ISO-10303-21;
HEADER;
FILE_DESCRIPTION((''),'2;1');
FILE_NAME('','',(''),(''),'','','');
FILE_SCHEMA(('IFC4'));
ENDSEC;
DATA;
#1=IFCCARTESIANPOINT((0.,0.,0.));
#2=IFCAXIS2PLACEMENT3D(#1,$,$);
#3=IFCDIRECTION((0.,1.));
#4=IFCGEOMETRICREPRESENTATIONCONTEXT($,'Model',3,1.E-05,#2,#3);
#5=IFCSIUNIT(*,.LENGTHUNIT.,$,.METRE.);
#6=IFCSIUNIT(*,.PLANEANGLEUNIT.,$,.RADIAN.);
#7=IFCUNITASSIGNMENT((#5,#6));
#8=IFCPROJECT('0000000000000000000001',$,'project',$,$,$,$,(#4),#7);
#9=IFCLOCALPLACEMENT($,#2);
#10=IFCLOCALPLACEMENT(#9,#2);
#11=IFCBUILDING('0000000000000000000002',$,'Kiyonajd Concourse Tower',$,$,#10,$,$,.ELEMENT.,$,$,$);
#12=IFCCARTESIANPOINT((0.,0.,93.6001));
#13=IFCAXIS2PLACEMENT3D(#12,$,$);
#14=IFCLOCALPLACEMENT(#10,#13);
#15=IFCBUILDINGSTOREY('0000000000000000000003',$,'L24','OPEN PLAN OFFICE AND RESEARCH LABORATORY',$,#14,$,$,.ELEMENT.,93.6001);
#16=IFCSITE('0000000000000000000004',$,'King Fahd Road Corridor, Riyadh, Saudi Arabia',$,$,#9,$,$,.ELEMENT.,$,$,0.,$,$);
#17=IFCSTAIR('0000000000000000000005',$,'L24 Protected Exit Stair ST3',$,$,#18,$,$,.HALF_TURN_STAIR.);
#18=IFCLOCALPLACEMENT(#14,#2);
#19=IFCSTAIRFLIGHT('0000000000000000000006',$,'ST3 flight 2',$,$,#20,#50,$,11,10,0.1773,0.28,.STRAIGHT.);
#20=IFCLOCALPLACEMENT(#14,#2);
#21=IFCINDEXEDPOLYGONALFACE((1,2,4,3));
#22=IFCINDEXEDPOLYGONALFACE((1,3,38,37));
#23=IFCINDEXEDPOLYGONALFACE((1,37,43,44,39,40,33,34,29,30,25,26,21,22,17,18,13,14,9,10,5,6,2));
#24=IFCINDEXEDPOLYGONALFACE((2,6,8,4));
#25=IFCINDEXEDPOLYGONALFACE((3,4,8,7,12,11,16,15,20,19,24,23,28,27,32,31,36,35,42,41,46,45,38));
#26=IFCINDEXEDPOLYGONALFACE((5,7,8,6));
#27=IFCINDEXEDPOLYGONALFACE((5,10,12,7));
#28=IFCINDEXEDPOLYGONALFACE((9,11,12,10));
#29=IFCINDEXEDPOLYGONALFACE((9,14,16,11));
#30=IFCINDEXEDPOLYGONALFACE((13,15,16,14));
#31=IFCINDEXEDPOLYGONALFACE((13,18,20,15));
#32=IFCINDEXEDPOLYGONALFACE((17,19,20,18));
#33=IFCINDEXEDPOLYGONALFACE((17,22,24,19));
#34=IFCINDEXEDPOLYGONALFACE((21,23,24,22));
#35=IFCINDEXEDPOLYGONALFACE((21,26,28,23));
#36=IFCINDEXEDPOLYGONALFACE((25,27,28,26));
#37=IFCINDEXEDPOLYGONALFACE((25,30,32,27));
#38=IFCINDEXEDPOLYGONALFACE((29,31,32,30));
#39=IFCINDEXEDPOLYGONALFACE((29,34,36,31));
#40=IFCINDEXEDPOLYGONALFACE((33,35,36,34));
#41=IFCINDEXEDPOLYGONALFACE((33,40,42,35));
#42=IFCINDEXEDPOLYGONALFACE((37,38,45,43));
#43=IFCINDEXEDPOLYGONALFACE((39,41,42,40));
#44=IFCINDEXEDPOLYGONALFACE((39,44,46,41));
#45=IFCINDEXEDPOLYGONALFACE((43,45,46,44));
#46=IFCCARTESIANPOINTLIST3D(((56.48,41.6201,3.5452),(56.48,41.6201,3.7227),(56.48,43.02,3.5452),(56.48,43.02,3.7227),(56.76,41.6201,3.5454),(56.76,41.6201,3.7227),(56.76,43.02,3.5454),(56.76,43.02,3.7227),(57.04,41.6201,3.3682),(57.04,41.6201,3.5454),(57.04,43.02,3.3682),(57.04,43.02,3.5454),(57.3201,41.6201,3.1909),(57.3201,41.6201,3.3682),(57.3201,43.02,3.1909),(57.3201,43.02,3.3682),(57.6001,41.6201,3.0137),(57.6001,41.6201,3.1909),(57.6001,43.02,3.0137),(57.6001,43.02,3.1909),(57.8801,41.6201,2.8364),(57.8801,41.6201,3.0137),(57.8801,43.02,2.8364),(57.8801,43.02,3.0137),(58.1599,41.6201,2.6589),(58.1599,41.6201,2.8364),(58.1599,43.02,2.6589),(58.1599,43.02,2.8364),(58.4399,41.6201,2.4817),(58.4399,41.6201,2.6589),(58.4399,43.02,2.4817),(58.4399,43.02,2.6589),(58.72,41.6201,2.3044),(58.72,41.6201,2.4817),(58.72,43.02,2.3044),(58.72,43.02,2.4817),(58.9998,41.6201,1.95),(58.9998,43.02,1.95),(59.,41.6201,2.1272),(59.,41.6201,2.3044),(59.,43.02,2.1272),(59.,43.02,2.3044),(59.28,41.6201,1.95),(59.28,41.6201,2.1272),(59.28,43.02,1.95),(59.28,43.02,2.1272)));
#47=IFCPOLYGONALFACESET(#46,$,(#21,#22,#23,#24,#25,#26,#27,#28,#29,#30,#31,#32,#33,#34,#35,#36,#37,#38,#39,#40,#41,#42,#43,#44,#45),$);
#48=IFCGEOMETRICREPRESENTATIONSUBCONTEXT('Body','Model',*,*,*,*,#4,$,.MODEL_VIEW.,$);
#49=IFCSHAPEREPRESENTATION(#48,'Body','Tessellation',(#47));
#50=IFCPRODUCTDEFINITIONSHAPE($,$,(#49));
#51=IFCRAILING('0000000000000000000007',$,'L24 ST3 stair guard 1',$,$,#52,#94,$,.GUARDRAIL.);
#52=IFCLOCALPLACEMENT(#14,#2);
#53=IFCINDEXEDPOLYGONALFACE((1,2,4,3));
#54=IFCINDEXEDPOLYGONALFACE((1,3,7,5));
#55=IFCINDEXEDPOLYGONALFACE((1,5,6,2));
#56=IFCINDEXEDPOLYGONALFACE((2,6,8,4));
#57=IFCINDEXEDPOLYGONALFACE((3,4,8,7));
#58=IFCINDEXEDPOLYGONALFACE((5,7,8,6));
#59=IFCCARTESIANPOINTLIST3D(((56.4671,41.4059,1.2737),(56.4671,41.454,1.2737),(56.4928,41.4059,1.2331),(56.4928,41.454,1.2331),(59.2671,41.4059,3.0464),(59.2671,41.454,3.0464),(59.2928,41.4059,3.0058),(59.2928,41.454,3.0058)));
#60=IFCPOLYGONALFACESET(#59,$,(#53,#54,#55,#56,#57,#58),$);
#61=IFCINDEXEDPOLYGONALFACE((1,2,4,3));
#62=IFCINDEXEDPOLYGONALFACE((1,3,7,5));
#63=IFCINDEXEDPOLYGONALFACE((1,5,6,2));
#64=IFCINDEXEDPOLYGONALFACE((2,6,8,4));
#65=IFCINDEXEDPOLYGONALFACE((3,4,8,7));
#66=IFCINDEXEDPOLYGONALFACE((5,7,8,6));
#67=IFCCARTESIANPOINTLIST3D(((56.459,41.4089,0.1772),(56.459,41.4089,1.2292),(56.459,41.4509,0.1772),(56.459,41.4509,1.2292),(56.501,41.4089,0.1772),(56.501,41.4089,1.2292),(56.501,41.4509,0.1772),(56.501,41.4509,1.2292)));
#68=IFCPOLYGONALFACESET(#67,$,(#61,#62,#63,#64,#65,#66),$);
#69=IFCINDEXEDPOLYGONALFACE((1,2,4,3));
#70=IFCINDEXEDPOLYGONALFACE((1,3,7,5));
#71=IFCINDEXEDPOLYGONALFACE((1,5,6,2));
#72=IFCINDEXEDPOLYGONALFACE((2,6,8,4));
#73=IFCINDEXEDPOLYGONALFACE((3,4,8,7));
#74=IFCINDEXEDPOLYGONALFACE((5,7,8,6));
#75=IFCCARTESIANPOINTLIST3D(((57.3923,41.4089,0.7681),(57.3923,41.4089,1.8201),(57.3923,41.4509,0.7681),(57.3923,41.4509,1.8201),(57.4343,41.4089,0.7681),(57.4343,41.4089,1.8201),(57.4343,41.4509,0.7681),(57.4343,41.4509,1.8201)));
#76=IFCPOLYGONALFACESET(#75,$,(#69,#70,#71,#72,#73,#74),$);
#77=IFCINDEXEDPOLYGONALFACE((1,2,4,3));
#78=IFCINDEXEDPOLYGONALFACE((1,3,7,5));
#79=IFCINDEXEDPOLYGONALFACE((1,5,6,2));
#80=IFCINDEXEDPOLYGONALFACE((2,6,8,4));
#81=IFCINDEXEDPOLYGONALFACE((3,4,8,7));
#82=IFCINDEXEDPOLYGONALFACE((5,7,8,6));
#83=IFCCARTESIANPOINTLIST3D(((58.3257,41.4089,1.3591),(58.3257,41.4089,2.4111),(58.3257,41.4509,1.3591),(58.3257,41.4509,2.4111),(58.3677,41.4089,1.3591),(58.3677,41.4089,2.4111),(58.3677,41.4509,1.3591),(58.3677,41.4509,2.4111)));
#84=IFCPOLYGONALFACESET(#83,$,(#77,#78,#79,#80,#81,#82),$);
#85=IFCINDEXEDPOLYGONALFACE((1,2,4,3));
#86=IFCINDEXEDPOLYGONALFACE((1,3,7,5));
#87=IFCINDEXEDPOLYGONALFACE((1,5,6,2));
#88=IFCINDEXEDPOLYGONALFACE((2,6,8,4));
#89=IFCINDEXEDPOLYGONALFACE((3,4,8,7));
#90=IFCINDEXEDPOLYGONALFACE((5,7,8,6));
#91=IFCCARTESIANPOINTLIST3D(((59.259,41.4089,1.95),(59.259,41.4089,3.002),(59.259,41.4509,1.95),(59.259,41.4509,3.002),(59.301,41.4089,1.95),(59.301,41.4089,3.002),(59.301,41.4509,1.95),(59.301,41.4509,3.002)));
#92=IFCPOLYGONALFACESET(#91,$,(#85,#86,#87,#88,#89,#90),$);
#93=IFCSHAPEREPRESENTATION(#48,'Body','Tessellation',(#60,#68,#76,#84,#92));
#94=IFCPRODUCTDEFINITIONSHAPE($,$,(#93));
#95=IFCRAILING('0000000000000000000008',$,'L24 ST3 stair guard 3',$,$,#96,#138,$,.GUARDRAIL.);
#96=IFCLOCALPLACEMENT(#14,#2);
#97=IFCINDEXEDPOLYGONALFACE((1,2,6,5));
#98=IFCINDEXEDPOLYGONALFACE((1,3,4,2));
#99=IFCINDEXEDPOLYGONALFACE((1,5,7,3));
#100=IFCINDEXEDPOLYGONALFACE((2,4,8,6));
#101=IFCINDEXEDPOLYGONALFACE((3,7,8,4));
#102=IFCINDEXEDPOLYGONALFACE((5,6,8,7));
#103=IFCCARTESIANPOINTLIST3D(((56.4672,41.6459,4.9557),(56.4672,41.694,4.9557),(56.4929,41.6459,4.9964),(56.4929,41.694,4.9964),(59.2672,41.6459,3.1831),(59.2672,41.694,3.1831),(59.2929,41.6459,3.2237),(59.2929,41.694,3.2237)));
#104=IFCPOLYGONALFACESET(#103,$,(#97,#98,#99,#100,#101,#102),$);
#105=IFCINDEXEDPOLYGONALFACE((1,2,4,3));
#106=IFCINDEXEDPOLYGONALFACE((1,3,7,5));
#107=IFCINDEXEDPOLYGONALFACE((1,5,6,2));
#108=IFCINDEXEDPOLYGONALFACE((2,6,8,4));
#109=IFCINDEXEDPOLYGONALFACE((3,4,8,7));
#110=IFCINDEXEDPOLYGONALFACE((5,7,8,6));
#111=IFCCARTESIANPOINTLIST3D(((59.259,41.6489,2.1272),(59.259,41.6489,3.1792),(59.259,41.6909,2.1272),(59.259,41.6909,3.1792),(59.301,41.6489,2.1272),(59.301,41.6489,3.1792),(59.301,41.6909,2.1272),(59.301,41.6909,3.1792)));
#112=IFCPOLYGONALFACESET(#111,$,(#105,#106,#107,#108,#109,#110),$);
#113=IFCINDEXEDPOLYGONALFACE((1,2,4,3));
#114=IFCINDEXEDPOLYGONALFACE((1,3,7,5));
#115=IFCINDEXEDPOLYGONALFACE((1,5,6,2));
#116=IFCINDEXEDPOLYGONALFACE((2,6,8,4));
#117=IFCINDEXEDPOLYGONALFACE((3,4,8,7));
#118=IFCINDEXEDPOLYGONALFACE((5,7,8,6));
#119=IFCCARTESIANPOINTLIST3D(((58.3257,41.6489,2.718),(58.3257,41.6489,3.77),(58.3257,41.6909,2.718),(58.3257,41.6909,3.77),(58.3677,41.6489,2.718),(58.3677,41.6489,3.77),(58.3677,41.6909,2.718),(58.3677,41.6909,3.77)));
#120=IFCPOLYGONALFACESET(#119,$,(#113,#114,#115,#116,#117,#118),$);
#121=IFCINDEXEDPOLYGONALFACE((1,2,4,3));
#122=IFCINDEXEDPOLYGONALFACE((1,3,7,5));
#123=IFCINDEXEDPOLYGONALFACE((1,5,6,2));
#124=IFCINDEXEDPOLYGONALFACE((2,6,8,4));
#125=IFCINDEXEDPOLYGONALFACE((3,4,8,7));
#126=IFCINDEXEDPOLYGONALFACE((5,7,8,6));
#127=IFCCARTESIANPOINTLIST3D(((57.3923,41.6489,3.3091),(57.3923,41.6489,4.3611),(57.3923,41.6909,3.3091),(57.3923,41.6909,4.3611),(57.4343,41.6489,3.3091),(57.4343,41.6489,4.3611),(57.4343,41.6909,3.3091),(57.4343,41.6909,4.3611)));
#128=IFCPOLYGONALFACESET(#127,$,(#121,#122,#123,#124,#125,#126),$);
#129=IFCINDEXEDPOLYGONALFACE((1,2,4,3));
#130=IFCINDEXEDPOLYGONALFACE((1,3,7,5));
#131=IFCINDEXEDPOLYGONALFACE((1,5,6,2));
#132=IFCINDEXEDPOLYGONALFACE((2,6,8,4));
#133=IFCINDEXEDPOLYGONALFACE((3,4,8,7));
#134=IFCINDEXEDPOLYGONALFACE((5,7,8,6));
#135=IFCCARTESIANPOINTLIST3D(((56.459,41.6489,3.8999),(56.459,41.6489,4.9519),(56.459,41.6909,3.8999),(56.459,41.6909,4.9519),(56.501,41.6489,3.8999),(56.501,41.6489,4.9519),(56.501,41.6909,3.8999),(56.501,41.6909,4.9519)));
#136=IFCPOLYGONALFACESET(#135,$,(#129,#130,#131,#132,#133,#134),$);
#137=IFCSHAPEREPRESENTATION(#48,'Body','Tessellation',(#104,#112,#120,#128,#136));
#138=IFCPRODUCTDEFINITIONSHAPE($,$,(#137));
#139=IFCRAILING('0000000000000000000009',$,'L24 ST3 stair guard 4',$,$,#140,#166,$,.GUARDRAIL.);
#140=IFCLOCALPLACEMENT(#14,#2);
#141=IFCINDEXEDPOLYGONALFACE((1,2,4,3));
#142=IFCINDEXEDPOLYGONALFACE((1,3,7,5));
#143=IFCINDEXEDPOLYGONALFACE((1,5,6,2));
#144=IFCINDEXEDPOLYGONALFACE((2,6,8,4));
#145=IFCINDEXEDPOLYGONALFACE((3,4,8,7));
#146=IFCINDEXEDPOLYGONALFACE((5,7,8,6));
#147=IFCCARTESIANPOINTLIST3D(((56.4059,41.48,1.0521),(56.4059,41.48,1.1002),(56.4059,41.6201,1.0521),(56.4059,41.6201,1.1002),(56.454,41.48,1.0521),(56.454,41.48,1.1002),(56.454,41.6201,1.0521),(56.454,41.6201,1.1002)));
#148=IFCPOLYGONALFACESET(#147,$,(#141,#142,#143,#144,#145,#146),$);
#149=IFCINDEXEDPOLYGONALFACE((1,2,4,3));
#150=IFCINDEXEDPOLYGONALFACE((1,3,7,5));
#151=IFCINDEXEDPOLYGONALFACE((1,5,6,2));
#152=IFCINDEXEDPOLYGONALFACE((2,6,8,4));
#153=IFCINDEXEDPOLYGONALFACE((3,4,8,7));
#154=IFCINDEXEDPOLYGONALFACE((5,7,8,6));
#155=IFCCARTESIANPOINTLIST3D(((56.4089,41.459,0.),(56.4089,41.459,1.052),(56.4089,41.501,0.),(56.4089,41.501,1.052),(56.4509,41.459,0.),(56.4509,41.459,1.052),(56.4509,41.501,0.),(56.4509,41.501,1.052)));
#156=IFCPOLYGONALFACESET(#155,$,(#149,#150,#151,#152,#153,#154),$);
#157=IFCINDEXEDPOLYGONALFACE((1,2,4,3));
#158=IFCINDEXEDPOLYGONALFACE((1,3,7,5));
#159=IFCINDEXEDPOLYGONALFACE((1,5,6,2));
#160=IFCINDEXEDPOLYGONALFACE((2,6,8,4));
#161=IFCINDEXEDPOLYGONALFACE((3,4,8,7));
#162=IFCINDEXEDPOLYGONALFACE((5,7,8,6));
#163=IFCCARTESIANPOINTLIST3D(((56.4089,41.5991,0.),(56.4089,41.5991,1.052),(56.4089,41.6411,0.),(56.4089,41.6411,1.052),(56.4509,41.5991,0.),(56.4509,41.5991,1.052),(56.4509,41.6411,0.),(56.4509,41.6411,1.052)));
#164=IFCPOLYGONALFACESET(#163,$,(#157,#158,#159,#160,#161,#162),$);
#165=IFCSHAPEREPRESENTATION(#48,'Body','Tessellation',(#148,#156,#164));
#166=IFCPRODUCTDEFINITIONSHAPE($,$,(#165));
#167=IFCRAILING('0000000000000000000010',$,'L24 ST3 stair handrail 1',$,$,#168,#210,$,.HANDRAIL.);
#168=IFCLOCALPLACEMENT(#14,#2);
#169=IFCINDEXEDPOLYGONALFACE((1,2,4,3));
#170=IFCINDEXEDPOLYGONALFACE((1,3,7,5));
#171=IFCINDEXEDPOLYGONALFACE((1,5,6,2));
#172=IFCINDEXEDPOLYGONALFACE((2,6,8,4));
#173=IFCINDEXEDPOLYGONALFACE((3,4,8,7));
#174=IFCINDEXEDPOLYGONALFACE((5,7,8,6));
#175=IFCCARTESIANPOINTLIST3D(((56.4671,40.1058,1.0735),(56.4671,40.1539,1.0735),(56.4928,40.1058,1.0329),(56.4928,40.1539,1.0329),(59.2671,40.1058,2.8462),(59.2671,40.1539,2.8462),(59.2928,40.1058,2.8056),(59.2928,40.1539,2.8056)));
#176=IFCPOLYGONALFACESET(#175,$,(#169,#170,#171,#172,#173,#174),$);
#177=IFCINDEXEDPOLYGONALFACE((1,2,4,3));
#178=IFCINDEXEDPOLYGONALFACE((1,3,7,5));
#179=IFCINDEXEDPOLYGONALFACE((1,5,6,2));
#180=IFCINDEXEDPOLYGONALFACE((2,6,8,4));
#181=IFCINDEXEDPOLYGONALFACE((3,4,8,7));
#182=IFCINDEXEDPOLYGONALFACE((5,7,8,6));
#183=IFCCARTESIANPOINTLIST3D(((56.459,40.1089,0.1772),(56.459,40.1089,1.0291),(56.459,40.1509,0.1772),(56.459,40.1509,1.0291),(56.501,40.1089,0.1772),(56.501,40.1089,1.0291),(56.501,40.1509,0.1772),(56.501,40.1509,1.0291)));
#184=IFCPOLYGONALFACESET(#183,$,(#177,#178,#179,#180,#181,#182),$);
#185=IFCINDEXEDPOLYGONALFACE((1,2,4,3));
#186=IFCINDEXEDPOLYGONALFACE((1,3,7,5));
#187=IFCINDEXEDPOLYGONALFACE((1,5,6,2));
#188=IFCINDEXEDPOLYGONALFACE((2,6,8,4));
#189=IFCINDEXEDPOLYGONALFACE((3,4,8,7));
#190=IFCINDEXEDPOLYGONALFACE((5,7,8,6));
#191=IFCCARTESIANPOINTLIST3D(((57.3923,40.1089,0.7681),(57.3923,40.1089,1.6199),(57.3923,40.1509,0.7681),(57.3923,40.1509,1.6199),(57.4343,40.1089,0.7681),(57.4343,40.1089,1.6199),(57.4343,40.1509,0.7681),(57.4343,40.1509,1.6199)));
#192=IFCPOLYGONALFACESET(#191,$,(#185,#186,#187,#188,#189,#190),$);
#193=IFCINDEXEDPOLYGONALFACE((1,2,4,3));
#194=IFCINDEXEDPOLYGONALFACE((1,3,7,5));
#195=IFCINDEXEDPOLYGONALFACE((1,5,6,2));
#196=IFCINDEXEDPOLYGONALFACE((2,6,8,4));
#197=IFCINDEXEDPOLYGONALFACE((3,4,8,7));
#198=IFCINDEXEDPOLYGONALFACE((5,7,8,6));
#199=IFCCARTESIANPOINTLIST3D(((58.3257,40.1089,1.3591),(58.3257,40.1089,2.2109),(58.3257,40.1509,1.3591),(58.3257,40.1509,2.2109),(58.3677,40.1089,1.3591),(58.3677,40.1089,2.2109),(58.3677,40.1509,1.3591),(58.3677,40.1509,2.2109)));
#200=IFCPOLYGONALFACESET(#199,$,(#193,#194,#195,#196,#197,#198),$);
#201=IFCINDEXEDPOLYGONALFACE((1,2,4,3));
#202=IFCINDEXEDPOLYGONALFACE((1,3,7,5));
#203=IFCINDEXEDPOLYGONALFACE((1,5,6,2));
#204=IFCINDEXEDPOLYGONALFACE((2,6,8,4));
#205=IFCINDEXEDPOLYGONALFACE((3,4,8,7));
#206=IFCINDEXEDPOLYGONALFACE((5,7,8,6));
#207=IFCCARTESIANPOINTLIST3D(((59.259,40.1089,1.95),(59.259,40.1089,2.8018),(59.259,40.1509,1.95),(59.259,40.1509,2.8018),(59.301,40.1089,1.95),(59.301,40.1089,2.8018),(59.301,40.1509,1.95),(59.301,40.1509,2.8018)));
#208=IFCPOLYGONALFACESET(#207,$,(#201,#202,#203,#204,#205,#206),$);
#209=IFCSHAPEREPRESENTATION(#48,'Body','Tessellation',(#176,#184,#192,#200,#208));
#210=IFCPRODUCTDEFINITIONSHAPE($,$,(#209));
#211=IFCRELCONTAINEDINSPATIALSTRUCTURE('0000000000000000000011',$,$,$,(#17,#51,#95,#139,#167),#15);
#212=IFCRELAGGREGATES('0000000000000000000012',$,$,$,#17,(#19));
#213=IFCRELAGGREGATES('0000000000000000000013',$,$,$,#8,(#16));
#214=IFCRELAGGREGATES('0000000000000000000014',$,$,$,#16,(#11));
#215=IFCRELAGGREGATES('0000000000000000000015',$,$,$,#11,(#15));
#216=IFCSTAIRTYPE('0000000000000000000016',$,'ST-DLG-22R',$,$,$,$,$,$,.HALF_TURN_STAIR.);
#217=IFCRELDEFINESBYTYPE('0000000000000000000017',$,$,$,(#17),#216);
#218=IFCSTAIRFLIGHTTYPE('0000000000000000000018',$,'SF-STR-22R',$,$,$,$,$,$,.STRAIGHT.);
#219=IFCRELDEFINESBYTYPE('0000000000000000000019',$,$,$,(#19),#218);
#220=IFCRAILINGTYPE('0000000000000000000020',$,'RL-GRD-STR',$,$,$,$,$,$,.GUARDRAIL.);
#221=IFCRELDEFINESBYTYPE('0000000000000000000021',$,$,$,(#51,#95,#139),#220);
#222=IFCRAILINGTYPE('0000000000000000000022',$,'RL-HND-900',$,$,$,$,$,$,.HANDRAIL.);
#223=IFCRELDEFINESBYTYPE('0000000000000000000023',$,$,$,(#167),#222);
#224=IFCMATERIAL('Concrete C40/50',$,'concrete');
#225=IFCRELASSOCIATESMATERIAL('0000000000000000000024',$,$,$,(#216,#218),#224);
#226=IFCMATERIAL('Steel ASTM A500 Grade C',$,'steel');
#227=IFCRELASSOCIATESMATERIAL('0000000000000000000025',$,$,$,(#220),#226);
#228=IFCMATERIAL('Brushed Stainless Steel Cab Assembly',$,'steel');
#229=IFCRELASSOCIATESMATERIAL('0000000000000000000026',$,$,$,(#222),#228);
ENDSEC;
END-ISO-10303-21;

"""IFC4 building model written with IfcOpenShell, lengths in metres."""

from ifc_helpers import new_model, si_unit, direction, frame, origin, origin_2d, place, context, subcontext, project, spatial, polyline, rectangle, outline, extrude, material, type_object, element, aggregate, save


model = new_model("IFC4")

# Units and contexts
model_context = context("Model", 3, precision=1e-05, world=origin(), true_north=direction((0.0, 1.0)))
body_context = subcontext(model_context, "Body", "Model", "MODEL_VIEW")
ifc_project = project(units=[si_unit("LENGTHUNIT", "METRE"), si_unit("PLANEANGLEUNIT", "RADIAN")], contexts=[model_context])

# Site, building, storey
site_placement = place(None, origin())
site = spatial("IfcSite", under=ifc_project, at=site_placement, Name="King Fahd Road Corridor, Riyadh, Saudi Arabia", CompositionType="ELEMENT", RefElevation=0.0)
building_placement = place(site_placement, origin())
building = spatial("IfcBuilding", under=site, at=building_placement, Name="Kiyonajd Concourse Tower", CompositionType="ELEMENT")
storey_placement = place(building_placement, frame((0.0, 0.0, 93.6001)))
storey = spatial("IfcBuildingStorey", under=building, at=storey_placement, Name="L24", Description="OPEN PLAN OFFICE AND RESEARCH LABORATORY", CompositionType="ELEMENT", Elevation=93.6001)

# Shared definitions
ifc_material_1 = material(Name="Brushed Stainless Steel Cab Assembly", Category="steel")

# Stair, stair flight
ifc_material_2 = material(Name="Concrete C40/50", Category="concrete")
stair_type = type_object("IfcStairType", Name="ST-DLG-22R", PredefinedType="HALF_TURN_STAIR", material=ifc_material_2)
stair_placement = place(storey_placement, origin())
stair = element("IfcStair", 1, at=stair_placement, inside=storey, type_object=stair_type, Name="L24 Protected Exit Stair ST3", PredefinedType="HALF_TURN_STAIR")
stair_flight_type = type_object("IfcStairFlightType", Name="SF-STR-22R", PredefinedType="STRAIGHT", material=ifc_material_2)
stair_flight_1_placement = place(storey_placement, frame((59.28, 42.3201, 1.95), z_axis=(0.0, 0.0, 1.0), x_axis=(-1.0, 0.0, 0.0)))
stair_flight_1 = element("IfcStairFlight", 2, at=stair_flight_1_placement, type_object=stair_flight_type, Name="ST3 flight 2", NumberOfRisers=11, NumberOfTreads=10, PredefinedType="STRAIGHT", RiserHeight=0.1773, TreadLength=0.28, context=body_context, shape_type="SweptSolid", body=[
    extrude(outline(polyline([(0.0, 0.0), (0.0, 0.1772), (0.28, 0.1772), (0.28, 0.3545), (0.5601, 0.3545), (0.5601, 0.5317), (0.8401, 0.5317), (0.8401, 0.709), (1.1201, 0.709), (1.1201, 0.8865), (1.3999, 0.8865), (1.3999, 1.0637), (1.6799, 1.0637), (1.6799, 1.241), (1.96, 1.241), (1.96, 1.4182), (2.24, 1.4182), (2.24, 1.5955), (2.52, 1.5955), (2.52, 1.7727), (2.8, 1.7727), (2.8, 1.95), (2.8, 1.5952), (0.2803, 0.0), (0.0, 0.0)])), frame((0.0, 0.7, 0.0), z_axis=(0.0, -1.0, 0.0), x_axis=(1.0, 0.0, 0.0)), (0.0, 0.0, 1.0), 1.3999),
])
aggregate(stair, [stair_flight_1])

# Railings
ifc_material_3 = material(Name="Steel ASTM A500 Grade C", Category="steel")
railing_type_1 = type_object("IfcRailingType", Name="RL-GRD-STR", PredefinedType="GUARDRAIL", material=ifc_material_3)
railing_1_placement = place(storey_placement, frame((56.48, 41.4299, 0.1772)))
element("IfcRailing", 3, at=railing_1_placement, inside=storey, type_object=railing_type_1, Name="L24 ST3 stair guard 1", PredefinedType="GUARDRAIL", context=body_context, shape_type="SweptSolid", body=[
    extrude(rectangle(XDim=0.0481, YDim=0.0481, at=origin_2d()), frame((0.0, 0.0, 1.0762), z_axis=(0.844909, 0.0, 0.53491), x_axis=(0.0, 1.0, 0.0)), (0.0, 0.0, 1.0), 3.314),
    extrude(rectangle(XDim=0.042, YDim=0.042, at=origin_2d()), origin(), (0.0, 0.0, 1.0), 1.052),
    extrude(rectangle(XDim=0.042, YDim=0.042, at=origin_2d()), frame((0.9333, 0.0, 0.5908)), (0.0, 0.0, 1.0), 1.052),
    extrude(rectangle(XDim=0.042, YDim=0.042, at=origin_2d()), frame((1.8667, 0.0, 1.1819)), (0.0, 0.0, 1.0), 1.052),
    extrude(rectangle(XDim=0.042, YDim=0.042, at=origin_2d()), frame((2.8, 0.0, 1.7727)), (0.0, 0.0, 1.0), 1.052),
])
railing_2_placement = place(storey_placement, frame((59.28, 41.6699, 2.1272)))
element("IfcRailing", 4, at=railing_2_placement, inside=storey, type_object=railing_type_1, Name="L24 ST3 stair guard 3", PredefinedType="GUARDRAIL", context=body_context, shape_type="SweptSolid", body=[
    extrude(rectangle(XDim=0.0481, YDim=0.0481, at=origin_2d()), frame((0.0, 0.0, 1.0762), z_axis=(-0.844909, 0.0, 0.53491), x_axis=(0.0, -1.0, 0.0)), (0.0, 0.0, 1.0), 3.314),
    extrude(rectangle(XDim=0.042, YDim=0.042, at=origin_2d()), origin(), (0.0, 0.0, 1.0), 1.052),
    extrude(rectangle(XDim=0.042, YDim=0.042, at=origin_2d()), frame((-0.9333, 0.0, 0.5908)), (0.0, 0.0, 1.0), 1.052),
    extrude(rectangle(XDim=0.042, YDim=0.042, at=origin_2d()), frame((-1.8667, 0.0, 1.1819)), (0.0, 0.0, 1.0), 1.052),
    extrude(rectangle(XDim=0.042, YDim=0.042, at=origin_2d()), frame((-2.8, 0.0, 1.7727)), (0.0, 0.0, 1.0), 1.052),
])
railing_3_placement = place(storey_placement, frame((56.4299, 41.48, 0.0)))
element("IfcRailing", 5, at=railing_3_placement, inside=storey, type_object=railing_type_1, Name="L24 ST3 stair guard 4", PredefinedType="GUARDRAIL", context=body_context, shape_type="SweptSolid", body=[
    extrude(rectangle(XDim=0.0481, YDim=0.0481, at=origin_2d()), frame((0.0, 0.0, 1.0762), z_axis=(0.0, 1.0, 0.0), x_axis=(-1.0, 0.0, 0.0)), (0.0, 0.0, 1.0), 0.1401),
    extrude(rectangle(XDim=0.042, YDim=0.042, at=origin_2d()), origin(), (0.0, 0.0, 1.0), 1.052),
    extrude(rectangle(XDim=0.042, YDim=0.042, at=origin_2d()), frame((0.0, 0.1401, 0.0)), (0.0, 0.0, 1.0), 1.052),
])
railing_type_2 = type_object("IfcRailingType", Name="RL-HND-900", PredefinedType="HANDRAIL", material=ifc_material_1)
railing_4_placement = place(storey_placement, frame((56.48, 40.1299, 0.1772)))
element("IfcRailing", 6, at=railing_4_placement, inside=storey, type_object=railing_type_2, Name="L24 ST3 stair handrail 1", PredefinedType="HANDRAIL", context=body_context, shape_type="SweptSolid", body=[
    extrude(rectangle(XDim=0.0481, YDim=0.0481, at=origin_2d()), frame((0.0, 0.0, 0.876), z_axis=(0.844909, 0.0, 0.53491), x_axis=(0.0, 1.0, 0.0)), (0.0, 0.0, 1.0), 3.314),
    extrude(rectangle(XDim=0.042, YDim=0.042, at=origin_2d()), origin(), (0.0, 0.0, 1.0), 0.8518),
    extrude(rectangle(XDim=0.042, YDim=0.042, at=origin_2d()), frame((0.9333, 0.0, 0.5908)), (0.0, 0.0, 1.0), 0.8518),
    extrude(rectangle(XDim=0.042, YDim=0.042, at=origin_2d()), frame((1.8667, 0.0, 1.1819)), (0.0, 0.0, 1.0), 0.8518),
    extrude(rectangle(XDim=0.042, YDim=0.042, at=origin_2d()), frame((2.8, 0.0, 1.7727)), (0.0, 0.0, 1.0), 0.8518),
])

save(model, "model.ifc")
